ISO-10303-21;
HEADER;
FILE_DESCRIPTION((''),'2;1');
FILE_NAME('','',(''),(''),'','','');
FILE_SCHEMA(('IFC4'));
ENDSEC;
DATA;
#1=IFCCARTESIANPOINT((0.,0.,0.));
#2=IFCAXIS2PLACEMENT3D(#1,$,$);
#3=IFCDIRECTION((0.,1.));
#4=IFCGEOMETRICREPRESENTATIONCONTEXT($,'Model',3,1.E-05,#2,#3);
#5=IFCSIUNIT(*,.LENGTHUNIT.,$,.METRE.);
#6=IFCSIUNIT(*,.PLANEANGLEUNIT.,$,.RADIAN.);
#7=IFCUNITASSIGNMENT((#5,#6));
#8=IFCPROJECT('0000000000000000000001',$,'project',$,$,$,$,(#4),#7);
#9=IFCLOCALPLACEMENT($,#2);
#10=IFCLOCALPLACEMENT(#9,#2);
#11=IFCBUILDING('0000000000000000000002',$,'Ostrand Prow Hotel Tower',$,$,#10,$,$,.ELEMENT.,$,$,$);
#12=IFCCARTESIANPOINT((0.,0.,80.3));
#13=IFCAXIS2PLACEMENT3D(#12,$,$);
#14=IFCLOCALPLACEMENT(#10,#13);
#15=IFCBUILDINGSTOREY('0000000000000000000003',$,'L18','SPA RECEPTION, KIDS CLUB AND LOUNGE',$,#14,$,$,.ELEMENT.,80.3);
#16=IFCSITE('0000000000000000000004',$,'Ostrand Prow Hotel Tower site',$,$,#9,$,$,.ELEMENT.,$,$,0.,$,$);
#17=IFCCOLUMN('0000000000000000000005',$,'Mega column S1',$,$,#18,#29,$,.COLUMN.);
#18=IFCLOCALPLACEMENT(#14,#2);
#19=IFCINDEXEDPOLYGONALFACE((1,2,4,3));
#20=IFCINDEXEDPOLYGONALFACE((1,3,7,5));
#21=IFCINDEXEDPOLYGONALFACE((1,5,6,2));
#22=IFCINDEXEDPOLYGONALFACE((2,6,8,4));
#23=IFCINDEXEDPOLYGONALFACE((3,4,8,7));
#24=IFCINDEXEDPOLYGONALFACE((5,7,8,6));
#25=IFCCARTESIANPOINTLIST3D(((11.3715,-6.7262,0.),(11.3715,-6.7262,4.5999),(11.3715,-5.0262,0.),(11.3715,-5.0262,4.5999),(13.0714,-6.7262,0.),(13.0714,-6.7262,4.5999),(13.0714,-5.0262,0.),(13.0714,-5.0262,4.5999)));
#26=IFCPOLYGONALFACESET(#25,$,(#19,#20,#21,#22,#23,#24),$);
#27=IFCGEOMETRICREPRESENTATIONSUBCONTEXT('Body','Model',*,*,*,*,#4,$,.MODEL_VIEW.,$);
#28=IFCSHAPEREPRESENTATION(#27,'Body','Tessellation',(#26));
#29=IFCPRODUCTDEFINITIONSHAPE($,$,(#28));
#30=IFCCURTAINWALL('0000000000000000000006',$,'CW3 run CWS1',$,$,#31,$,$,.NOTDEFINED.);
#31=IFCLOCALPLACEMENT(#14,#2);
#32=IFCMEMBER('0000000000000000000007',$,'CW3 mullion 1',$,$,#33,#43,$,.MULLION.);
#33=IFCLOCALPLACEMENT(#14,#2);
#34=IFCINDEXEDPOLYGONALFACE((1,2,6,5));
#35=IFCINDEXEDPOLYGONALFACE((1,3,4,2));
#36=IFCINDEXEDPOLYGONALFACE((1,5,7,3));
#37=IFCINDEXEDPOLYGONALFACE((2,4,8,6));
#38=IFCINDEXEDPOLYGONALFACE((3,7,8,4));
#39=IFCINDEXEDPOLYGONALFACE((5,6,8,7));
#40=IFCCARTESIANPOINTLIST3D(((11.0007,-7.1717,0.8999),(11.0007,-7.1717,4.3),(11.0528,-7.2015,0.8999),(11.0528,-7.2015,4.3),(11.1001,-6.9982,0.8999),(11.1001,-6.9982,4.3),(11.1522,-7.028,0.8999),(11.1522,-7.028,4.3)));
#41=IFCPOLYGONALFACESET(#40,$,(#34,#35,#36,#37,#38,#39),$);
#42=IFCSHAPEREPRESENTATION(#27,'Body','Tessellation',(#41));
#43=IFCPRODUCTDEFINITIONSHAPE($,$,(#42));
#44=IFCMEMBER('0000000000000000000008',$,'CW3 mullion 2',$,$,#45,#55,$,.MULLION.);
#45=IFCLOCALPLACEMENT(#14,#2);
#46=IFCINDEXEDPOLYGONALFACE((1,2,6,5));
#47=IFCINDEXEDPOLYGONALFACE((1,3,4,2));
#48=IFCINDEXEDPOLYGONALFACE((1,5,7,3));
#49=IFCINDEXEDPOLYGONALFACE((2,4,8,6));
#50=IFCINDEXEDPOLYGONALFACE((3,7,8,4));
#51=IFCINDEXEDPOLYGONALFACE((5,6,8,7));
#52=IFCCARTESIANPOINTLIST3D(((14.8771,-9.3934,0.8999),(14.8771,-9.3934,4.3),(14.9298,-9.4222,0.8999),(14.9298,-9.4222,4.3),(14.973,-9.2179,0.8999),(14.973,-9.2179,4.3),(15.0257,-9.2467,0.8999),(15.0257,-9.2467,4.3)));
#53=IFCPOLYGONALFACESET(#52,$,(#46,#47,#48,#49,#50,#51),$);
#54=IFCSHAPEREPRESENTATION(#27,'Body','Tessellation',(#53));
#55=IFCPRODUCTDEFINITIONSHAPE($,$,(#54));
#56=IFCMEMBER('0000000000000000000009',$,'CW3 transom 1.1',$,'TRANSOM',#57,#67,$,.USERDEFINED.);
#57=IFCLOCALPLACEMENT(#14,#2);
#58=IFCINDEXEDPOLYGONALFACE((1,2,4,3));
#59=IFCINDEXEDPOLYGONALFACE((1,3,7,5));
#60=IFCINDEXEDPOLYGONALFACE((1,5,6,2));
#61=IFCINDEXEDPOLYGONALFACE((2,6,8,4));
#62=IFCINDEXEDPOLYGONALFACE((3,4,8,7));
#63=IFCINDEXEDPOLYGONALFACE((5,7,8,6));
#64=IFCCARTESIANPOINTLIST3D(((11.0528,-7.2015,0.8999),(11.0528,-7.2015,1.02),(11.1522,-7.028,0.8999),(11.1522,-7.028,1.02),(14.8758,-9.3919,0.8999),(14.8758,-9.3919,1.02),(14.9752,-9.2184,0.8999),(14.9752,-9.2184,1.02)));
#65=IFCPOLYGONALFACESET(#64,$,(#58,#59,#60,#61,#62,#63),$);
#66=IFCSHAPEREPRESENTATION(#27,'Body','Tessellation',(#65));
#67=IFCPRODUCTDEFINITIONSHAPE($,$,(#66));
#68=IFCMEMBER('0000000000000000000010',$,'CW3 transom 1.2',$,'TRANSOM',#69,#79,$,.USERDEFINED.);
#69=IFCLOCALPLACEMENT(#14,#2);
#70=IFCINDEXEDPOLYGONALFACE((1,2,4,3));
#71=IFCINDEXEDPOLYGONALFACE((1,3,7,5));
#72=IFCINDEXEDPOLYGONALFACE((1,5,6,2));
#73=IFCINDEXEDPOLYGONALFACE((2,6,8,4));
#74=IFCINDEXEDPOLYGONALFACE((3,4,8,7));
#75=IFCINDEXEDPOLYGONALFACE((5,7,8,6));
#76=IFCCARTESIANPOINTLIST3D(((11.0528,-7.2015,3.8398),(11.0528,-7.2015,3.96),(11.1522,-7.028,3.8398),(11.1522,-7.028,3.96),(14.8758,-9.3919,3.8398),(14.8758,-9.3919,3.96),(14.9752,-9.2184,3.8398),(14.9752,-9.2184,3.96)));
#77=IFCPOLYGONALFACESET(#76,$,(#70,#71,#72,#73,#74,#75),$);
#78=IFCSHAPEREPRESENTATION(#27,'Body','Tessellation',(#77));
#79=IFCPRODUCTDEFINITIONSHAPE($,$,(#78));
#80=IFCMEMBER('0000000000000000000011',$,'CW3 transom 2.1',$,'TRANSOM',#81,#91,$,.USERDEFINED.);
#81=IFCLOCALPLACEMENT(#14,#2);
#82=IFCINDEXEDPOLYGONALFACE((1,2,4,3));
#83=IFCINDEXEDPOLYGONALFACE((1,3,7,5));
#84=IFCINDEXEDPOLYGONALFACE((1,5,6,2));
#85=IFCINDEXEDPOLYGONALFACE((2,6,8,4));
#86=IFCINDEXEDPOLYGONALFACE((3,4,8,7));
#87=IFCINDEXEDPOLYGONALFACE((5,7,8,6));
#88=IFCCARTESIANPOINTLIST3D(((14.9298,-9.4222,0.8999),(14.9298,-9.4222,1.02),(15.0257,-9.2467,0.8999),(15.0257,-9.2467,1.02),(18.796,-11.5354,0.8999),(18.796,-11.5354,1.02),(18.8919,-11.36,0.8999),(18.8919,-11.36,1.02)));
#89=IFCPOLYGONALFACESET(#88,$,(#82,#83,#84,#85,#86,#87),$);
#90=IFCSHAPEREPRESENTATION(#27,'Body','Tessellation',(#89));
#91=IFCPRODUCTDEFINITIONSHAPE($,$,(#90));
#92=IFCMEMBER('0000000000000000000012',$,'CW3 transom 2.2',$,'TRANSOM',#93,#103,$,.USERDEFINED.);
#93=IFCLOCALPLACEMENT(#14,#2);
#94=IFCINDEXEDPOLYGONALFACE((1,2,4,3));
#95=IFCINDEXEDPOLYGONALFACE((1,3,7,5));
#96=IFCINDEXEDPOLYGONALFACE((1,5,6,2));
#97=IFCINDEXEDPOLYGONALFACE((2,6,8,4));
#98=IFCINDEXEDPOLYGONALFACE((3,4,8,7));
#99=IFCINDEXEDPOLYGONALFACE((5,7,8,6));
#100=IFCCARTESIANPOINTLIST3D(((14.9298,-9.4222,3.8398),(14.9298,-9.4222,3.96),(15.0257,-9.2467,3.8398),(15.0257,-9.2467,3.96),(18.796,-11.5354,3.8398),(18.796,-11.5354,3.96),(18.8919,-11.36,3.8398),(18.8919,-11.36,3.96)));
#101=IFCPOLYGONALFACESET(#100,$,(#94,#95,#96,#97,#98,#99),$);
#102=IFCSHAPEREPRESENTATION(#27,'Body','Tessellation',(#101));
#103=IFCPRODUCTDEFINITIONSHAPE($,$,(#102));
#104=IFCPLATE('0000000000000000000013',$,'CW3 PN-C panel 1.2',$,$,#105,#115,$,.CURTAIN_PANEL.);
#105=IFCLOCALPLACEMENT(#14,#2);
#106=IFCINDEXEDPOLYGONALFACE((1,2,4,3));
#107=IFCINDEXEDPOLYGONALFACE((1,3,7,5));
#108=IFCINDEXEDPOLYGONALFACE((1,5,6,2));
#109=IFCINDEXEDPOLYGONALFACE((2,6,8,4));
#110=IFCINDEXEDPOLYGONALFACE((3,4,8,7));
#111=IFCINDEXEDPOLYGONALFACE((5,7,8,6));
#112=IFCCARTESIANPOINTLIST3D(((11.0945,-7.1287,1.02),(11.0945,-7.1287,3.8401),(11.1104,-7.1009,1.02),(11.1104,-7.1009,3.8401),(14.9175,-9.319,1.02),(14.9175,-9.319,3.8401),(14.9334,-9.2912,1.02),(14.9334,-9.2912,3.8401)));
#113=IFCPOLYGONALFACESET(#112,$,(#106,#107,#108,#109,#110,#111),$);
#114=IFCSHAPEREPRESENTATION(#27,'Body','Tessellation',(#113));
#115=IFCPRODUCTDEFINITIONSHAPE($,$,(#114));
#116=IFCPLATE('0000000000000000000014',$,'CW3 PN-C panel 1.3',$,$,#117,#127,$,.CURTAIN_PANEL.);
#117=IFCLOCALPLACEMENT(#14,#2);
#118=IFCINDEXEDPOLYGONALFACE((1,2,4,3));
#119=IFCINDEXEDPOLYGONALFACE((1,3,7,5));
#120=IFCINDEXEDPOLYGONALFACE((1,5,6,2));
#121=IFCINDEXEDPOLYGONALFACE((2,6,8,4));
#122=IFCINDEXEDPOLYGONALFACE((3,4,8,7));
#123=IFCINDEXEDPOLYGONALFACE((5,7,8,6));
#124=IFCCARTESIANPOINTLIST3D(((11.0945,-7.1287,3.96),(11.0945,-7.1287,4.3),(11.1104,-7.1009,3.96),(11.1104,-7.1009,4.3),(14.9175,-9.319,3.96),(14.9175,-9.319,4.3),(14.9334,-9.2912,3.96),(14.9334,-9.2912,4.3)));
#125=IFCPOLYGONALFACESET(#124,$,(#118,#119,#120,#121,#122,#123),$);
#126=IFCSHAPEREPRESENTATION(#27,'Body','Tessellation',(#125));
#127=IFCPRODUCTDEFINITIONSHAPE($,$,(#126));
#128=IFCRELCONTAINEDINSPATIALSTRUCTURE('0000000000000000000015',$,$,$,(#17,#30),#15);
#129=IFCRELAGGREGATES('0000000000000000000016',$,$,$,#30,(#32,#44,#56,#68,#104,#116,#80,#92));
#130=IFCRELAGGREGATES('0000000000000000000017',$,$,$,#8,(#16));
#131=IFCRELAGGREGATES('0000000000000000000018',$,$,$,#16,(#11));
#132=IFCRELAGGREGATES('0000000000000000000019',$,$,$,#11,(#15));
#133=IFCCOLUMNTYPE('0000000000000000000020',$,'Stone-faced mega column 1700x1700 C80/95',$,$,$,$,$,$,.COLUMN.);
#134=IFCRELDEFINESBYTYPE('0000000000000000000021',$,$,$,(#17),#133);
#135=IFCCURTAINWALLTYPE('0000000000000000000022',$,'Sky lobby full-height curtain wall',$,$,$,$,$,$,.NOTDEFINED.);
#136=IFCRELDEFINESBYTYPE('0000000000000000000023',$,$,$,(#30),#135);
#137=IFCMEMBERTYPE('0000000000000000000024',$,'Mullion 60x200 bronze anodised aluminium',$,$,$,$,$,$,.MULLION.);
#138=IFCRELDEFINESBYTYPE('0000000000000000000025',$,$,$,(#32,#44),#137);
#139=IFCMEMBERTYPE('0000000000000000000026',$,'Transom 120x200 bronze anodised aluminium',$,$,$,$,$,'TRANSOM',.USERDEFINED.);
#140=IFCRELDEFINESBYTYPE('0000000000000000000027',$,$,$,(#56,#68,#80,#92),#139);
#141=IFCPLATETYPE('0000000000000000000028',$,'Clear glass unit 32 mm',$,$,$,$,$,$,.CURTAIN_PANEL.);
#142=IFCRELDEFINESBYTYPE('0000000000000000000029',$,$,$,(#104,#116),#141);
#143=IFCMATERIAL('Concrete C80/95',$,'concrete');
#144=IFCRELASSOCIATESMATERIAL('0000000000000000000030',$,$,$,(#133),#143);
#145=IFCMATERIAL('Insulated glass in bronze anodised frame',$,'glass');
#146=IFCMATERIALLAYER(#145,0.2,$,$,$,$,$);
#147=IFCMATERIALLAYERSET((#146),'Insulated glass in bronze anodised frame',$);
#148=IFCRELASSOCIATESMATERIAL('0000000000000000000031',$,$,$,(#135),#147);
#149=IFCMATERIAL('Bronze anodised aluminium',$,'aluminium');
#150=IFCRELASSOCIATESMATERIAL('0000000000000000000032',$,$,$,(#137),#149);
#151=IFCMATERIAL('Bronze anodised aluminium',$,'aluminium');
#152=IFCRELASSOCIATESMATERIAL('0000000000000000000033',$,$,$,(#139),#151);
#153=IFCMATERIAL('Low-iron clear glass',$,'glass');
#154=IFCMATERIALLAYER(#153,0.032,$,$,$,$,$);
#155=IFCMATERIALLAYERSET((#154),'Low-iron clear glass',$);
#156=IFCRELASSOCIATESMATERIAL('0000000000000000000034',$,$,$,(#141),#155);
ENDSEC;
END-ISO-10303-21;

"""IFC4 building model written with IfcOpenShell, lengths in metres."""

from ifc_helpers import new_model, si_unit, direction, frame, origin, origin_2d, place, context, subcontext, project, spatial, rectangle, extrude, material, layer, layer_set, material_profile, profile_set, type_object, element, aggregate, save


model = new_model("IFC4")

# Units and contexts
model_context = context("Model", 3, precision=1e-05, world=origin(), true_north=direction((0.0, 1.0)))
body_context = subcontext(model_context, "Body", "Model", "MODEL_VIEW")
ifc_project = project(units=[si_unit("LENGTHUNIT", "METRE"), si_unit("PLANEANGLEUNIT", "RADIAN")], contexts=[model_context])

# Site, building, storey
site_placement = place(None, origin())
site = spatial("IfcSite", under=ifc_project, at=site_placement, Name="Ostrand Prow Hotel Tower site", CompositionType="ELEMENT", RefElevation=0.0)
building_placement = place(site_placement, origin())
building = spatial("IfcBuilding", under=site, at=building_placement, Name="Ostrand Prow Hotel Tower", CompositionType="ELEMENT")
storey_placement = place(building_placement, frame((0.0, 0.0, 80.3)))
storey = spatial("IfcBuildingStorey", under=building, at=storey_placement, Name="L18", Description="SPA RECEPTION, KIDS CLUB AND LOUNGE", CompositionType="ELEMENT", Elevation=80.3)

# Column
ifc_material_1 = material(Name="Concrete C80/95", Category="concrete")
ifc_material_profile_1 = material_profile(ifc_material_1, rectangle(XDim=1.7, YDim=1.7, at=origin_2d()), Name="RC 1700x1700")
ifc_profile_set_1 = profile_set([ifc_material_profile_1], Name="Concrete C80/95")
column_type = type_object("IfcColumnType", Name="Stone-faced mega column 1700x1700 C80/95", PredefinedType="COLUMN", material=ifc_profile_set_1)
column_placement = place(storey_placement, frame((12.2214, -5.8762, 0.0), z_axis=(0.0, 0.0, 1.0), x_axis=(1.0, 0.0, 0.0)))
element("IfcColumn", 1, at=column_placement, inside=storey, type_object=column_type, Name="Mega column S1", PredefinedType="COLUMN", context=body_context, shape_type="SweptSolid", body=[
    extrude(rectangle(XDim=1.7, YDim=1.7, at=origin_2d()), origin(), (0.0, 0.0, 1.0), 4.5999),
])

# Curtain wall, members, plates
ifc_material_2 = material(Name="Insulated glass in bronze anodised frame", Category="glass")
ifc_layer_1 = layer(ifc_material_2, 0.2)
ifc_layer_set_1 = layer_set([ifc_layer_1], Name="Insulated glass in bronze anodised frame")
curtain_wall_type = type_object("IfcCurtainWallType", Name="Sky lobby full-height curtain wall", PredefinedType="NOTDEFINED", material=ifc_layer_set_1)
curtain_wall_placement = place(storey_placement, origin())
curtain_wall = element("IfcCurtainWall", 2, at=curtain_wall_placement, inside=storey, type_object=curtain_wall_type, Name="CW3 run CWS1", PredefinedType="NOTDEFINED")
ifc_material_3 = material(Name="Bronze anodised aluminium", Category="aluminium")
ifc_material_profile_2 = material_profile(ifc_material_3, rectangle(XDim=0.2, YDim=0.0601, at=origin_2d()), Name="Mullion 60x200 bronze anodised aluminium")
ifc_profile_set_2 = profile_set([ifc_material_profile_2], Name="Bronze anodised aluminium")
member_type_1 = type_object("IfcMemberType", Name="Mullion 60x200 bronze anodised aluminium", PredefinedType="MULLION", material=ifc_profile_set_2)
member_1_placement = place(storey_placement, frame((11.0764, -7.0999, 0.8999), z_axis=(0.0, 0.0, 1.0), x_axis=(0.497115, 0.867685, 0.0)))
member_1 = element("IfcMember", 3, at=member_1_placement, type_object=member_type_1, Name="CW3 mullion 1", PredefinedType="MULLION", context=body_context, shape_type="SweptSolid", body=[
    extrude(rectangle(XDim=0.2, YDim=0.0601, at=origin_2d()), origin(), (0.0, 0.0, 1.0), 3.4001),
])
member_2_placement = place(storey_placement, frame((14.9514, -9.3201, 0.8999), z_axis=(0.0, 0.0, 1.0), x_axis=(0.479637, 0.877467, 0.0)))
member_2 = element("IfcMember", 4, at=member_2_placement, type_object=member_type_1, Name="CW3 mullion 2", PredefinedType="MULLION", context=body_context, shape_type="SweptSolid", body=[
    extrude(rectangle(XDim=0.2, YDim=0.0601, at=origin_2d()), origin(), (0.0, 0.0, 1.0), 3.4001),
])
ifc_material_4 = material(Name="Bronze anodised aluminium", Category="aluminium")
ifc_material_profile_3 = material_profile(ifc_material_4, rectangle(XDim=0.2, YDim=0.1201, at=origin_2d()), Name="Transom 120x200 bronze anodised aluminium")
ifc_profile_set_3 = profile_set([ifc_material_profile_3], Name="Bronze anodised aluminium")
member_type_2 = type_object("IfcMemberType", Name="Transom 120x200 bronze anodised aluminium", ElementType="TRANSOM", PredefinedType="USERDEFINED", material=ifc_profile_set_3)
member_3_placement = place(storey_placement, frame((11.1025, -7.1147, 0.96), z_axis=(0.86767, -0.497141, 0.0), x_axis=(0.497141, 0.86767, 0.0)))
member_3 = element("IfcMember", 5, at=member_3_placement, type_object=member_type_2, Name="CW3 transom 1.1", ObjectType="TRANSOM", PredefinedType="USERDEFINED", context=body_context, shape_type="SweptSolid", body=[
    extrude(rectangle(XDim=0.2, YDim=0.1201, at=origin_2d()), origin(), (0.0, 0.0, 1.0), 4.406),
])
member_4_placement = place(storey_placement, frame((11.1025, -7.1147, 3.8999), z_axis=(0.86767, -0.497141, 0.0), x_axis=(0.497141, 0.86767, 0.0)))
member_4 = element("IfcMember", 6, at=member_4_placement, type_object=member_type_2, Name="CW3 transom 1.2", ObjectType="TRANSOM", PredefinedType="USERDEFINED", context=body_context, shape_type="SweptSolid", body=[
    extrude(rectangle(XDim=0.2, YDim=0.1201, at=origin_2d()), origin(), (0.0, 0.0, 1.0), 4.406),
])
member_5_placement = place(storey_placement, frame((14.9778, -9.3345, 0.96), z_axis=(0.877472, -0.479628, 0.0), x_axis=(0.479628, 0.877472, 0.0)))
member_5 = element("IfcMember", 7, at=member_5_placement, type_object=member_type_2, Name="CW3 transom 2.1", ObjectType="TRANSOM", PredefinedType="USERDEFINED", context=body_context, shape_type="SweptSolid", body=[
    extrude(rectangle(XDim=0.2, YDim=0.1201, at=origin_2d()), origin(), (0.0, 0.0, 1.0), 4.406),
])
member_6_placement = place(storey_placement, frame((14.9778, -9.3345, 3.8999), z_axis=(0.877472, -0.479628, 0.0), x_axis=(0.479628, 0.877472, 0.0)))
member_6 = element("IfcMember", 8, at=member_6_placement, type_object=member_type_2, Name="CW3 transom 2.2", ObjectType="TRANSOM", PredefinedType="USERDEFINED", context=body_context, shape_type="SweptSolid", body=[
    extrude(rectangle(XDim=0.2, YDim=0.1201, at=origin_2d()), origin(), (0.0, 0.0, 1.0), 4.406),
])
ifc_material_5 = material(Name="Low-iron clear glass", Category="glass")
ifc_layer_2 = layer(ifc_material_5, 0.032)
ifc_layer_set_2 = layer_set([ifc_layer_2], Name="Low-iron clear glass")
plate_type = type_object("IfcPlateType", Name="Clear glass unit 32 mm", PredefinedType="CURTAIN_PANEL", material=ifc_layer_set_2)
plate_1_placement = place(storey_placement, frame((13.0139, -8.21, 1.02), z_axis=(0.0, 0.0, 1.0), x_axis=(0.867685, -0.497115, 0.0)))
plate_1 = element("IfcPlate", 9, at=plate_1_placement, type_object=plate_type, Name="CW3 PN-C panel 1.2", PredefinedType="CURTAIN_PANEL", context=body_context, shape_type="SweptSolid", body=[
    extrude(rectangle(XDim=4.406, YDim=0.032, at=origin_2d()), origin(), (0.0, 0.0, 1.0), 2.8201),
])
plate_2_placement = place(storey_placement, frame((13.0139, -8.21, 3.96), z_axis=(0.0, 0.0, 1.0), x_axis=(0.867685, -0.497115, 0.0)))
plate_2 = element("IfcPlate", 10, at=plate_2_placement, type_object=plate_type, Name="CW3 PN-C panel 1.3", PredefinedType="CURTAIN_PANEL", context=body_context, shape_type="SweptSolid", body=[
    extrude(rectangle(XDim=4.406, YDim=0.032, at=origin_2d()), origin(), (0.0, 0.0, 1.0), 0.3401),
])
aggregate(curtain_wall, [member_1, member_2, member_3, member_4, plate_1, plate_2, member_5, member_6])

save(model, "model.ifc")
